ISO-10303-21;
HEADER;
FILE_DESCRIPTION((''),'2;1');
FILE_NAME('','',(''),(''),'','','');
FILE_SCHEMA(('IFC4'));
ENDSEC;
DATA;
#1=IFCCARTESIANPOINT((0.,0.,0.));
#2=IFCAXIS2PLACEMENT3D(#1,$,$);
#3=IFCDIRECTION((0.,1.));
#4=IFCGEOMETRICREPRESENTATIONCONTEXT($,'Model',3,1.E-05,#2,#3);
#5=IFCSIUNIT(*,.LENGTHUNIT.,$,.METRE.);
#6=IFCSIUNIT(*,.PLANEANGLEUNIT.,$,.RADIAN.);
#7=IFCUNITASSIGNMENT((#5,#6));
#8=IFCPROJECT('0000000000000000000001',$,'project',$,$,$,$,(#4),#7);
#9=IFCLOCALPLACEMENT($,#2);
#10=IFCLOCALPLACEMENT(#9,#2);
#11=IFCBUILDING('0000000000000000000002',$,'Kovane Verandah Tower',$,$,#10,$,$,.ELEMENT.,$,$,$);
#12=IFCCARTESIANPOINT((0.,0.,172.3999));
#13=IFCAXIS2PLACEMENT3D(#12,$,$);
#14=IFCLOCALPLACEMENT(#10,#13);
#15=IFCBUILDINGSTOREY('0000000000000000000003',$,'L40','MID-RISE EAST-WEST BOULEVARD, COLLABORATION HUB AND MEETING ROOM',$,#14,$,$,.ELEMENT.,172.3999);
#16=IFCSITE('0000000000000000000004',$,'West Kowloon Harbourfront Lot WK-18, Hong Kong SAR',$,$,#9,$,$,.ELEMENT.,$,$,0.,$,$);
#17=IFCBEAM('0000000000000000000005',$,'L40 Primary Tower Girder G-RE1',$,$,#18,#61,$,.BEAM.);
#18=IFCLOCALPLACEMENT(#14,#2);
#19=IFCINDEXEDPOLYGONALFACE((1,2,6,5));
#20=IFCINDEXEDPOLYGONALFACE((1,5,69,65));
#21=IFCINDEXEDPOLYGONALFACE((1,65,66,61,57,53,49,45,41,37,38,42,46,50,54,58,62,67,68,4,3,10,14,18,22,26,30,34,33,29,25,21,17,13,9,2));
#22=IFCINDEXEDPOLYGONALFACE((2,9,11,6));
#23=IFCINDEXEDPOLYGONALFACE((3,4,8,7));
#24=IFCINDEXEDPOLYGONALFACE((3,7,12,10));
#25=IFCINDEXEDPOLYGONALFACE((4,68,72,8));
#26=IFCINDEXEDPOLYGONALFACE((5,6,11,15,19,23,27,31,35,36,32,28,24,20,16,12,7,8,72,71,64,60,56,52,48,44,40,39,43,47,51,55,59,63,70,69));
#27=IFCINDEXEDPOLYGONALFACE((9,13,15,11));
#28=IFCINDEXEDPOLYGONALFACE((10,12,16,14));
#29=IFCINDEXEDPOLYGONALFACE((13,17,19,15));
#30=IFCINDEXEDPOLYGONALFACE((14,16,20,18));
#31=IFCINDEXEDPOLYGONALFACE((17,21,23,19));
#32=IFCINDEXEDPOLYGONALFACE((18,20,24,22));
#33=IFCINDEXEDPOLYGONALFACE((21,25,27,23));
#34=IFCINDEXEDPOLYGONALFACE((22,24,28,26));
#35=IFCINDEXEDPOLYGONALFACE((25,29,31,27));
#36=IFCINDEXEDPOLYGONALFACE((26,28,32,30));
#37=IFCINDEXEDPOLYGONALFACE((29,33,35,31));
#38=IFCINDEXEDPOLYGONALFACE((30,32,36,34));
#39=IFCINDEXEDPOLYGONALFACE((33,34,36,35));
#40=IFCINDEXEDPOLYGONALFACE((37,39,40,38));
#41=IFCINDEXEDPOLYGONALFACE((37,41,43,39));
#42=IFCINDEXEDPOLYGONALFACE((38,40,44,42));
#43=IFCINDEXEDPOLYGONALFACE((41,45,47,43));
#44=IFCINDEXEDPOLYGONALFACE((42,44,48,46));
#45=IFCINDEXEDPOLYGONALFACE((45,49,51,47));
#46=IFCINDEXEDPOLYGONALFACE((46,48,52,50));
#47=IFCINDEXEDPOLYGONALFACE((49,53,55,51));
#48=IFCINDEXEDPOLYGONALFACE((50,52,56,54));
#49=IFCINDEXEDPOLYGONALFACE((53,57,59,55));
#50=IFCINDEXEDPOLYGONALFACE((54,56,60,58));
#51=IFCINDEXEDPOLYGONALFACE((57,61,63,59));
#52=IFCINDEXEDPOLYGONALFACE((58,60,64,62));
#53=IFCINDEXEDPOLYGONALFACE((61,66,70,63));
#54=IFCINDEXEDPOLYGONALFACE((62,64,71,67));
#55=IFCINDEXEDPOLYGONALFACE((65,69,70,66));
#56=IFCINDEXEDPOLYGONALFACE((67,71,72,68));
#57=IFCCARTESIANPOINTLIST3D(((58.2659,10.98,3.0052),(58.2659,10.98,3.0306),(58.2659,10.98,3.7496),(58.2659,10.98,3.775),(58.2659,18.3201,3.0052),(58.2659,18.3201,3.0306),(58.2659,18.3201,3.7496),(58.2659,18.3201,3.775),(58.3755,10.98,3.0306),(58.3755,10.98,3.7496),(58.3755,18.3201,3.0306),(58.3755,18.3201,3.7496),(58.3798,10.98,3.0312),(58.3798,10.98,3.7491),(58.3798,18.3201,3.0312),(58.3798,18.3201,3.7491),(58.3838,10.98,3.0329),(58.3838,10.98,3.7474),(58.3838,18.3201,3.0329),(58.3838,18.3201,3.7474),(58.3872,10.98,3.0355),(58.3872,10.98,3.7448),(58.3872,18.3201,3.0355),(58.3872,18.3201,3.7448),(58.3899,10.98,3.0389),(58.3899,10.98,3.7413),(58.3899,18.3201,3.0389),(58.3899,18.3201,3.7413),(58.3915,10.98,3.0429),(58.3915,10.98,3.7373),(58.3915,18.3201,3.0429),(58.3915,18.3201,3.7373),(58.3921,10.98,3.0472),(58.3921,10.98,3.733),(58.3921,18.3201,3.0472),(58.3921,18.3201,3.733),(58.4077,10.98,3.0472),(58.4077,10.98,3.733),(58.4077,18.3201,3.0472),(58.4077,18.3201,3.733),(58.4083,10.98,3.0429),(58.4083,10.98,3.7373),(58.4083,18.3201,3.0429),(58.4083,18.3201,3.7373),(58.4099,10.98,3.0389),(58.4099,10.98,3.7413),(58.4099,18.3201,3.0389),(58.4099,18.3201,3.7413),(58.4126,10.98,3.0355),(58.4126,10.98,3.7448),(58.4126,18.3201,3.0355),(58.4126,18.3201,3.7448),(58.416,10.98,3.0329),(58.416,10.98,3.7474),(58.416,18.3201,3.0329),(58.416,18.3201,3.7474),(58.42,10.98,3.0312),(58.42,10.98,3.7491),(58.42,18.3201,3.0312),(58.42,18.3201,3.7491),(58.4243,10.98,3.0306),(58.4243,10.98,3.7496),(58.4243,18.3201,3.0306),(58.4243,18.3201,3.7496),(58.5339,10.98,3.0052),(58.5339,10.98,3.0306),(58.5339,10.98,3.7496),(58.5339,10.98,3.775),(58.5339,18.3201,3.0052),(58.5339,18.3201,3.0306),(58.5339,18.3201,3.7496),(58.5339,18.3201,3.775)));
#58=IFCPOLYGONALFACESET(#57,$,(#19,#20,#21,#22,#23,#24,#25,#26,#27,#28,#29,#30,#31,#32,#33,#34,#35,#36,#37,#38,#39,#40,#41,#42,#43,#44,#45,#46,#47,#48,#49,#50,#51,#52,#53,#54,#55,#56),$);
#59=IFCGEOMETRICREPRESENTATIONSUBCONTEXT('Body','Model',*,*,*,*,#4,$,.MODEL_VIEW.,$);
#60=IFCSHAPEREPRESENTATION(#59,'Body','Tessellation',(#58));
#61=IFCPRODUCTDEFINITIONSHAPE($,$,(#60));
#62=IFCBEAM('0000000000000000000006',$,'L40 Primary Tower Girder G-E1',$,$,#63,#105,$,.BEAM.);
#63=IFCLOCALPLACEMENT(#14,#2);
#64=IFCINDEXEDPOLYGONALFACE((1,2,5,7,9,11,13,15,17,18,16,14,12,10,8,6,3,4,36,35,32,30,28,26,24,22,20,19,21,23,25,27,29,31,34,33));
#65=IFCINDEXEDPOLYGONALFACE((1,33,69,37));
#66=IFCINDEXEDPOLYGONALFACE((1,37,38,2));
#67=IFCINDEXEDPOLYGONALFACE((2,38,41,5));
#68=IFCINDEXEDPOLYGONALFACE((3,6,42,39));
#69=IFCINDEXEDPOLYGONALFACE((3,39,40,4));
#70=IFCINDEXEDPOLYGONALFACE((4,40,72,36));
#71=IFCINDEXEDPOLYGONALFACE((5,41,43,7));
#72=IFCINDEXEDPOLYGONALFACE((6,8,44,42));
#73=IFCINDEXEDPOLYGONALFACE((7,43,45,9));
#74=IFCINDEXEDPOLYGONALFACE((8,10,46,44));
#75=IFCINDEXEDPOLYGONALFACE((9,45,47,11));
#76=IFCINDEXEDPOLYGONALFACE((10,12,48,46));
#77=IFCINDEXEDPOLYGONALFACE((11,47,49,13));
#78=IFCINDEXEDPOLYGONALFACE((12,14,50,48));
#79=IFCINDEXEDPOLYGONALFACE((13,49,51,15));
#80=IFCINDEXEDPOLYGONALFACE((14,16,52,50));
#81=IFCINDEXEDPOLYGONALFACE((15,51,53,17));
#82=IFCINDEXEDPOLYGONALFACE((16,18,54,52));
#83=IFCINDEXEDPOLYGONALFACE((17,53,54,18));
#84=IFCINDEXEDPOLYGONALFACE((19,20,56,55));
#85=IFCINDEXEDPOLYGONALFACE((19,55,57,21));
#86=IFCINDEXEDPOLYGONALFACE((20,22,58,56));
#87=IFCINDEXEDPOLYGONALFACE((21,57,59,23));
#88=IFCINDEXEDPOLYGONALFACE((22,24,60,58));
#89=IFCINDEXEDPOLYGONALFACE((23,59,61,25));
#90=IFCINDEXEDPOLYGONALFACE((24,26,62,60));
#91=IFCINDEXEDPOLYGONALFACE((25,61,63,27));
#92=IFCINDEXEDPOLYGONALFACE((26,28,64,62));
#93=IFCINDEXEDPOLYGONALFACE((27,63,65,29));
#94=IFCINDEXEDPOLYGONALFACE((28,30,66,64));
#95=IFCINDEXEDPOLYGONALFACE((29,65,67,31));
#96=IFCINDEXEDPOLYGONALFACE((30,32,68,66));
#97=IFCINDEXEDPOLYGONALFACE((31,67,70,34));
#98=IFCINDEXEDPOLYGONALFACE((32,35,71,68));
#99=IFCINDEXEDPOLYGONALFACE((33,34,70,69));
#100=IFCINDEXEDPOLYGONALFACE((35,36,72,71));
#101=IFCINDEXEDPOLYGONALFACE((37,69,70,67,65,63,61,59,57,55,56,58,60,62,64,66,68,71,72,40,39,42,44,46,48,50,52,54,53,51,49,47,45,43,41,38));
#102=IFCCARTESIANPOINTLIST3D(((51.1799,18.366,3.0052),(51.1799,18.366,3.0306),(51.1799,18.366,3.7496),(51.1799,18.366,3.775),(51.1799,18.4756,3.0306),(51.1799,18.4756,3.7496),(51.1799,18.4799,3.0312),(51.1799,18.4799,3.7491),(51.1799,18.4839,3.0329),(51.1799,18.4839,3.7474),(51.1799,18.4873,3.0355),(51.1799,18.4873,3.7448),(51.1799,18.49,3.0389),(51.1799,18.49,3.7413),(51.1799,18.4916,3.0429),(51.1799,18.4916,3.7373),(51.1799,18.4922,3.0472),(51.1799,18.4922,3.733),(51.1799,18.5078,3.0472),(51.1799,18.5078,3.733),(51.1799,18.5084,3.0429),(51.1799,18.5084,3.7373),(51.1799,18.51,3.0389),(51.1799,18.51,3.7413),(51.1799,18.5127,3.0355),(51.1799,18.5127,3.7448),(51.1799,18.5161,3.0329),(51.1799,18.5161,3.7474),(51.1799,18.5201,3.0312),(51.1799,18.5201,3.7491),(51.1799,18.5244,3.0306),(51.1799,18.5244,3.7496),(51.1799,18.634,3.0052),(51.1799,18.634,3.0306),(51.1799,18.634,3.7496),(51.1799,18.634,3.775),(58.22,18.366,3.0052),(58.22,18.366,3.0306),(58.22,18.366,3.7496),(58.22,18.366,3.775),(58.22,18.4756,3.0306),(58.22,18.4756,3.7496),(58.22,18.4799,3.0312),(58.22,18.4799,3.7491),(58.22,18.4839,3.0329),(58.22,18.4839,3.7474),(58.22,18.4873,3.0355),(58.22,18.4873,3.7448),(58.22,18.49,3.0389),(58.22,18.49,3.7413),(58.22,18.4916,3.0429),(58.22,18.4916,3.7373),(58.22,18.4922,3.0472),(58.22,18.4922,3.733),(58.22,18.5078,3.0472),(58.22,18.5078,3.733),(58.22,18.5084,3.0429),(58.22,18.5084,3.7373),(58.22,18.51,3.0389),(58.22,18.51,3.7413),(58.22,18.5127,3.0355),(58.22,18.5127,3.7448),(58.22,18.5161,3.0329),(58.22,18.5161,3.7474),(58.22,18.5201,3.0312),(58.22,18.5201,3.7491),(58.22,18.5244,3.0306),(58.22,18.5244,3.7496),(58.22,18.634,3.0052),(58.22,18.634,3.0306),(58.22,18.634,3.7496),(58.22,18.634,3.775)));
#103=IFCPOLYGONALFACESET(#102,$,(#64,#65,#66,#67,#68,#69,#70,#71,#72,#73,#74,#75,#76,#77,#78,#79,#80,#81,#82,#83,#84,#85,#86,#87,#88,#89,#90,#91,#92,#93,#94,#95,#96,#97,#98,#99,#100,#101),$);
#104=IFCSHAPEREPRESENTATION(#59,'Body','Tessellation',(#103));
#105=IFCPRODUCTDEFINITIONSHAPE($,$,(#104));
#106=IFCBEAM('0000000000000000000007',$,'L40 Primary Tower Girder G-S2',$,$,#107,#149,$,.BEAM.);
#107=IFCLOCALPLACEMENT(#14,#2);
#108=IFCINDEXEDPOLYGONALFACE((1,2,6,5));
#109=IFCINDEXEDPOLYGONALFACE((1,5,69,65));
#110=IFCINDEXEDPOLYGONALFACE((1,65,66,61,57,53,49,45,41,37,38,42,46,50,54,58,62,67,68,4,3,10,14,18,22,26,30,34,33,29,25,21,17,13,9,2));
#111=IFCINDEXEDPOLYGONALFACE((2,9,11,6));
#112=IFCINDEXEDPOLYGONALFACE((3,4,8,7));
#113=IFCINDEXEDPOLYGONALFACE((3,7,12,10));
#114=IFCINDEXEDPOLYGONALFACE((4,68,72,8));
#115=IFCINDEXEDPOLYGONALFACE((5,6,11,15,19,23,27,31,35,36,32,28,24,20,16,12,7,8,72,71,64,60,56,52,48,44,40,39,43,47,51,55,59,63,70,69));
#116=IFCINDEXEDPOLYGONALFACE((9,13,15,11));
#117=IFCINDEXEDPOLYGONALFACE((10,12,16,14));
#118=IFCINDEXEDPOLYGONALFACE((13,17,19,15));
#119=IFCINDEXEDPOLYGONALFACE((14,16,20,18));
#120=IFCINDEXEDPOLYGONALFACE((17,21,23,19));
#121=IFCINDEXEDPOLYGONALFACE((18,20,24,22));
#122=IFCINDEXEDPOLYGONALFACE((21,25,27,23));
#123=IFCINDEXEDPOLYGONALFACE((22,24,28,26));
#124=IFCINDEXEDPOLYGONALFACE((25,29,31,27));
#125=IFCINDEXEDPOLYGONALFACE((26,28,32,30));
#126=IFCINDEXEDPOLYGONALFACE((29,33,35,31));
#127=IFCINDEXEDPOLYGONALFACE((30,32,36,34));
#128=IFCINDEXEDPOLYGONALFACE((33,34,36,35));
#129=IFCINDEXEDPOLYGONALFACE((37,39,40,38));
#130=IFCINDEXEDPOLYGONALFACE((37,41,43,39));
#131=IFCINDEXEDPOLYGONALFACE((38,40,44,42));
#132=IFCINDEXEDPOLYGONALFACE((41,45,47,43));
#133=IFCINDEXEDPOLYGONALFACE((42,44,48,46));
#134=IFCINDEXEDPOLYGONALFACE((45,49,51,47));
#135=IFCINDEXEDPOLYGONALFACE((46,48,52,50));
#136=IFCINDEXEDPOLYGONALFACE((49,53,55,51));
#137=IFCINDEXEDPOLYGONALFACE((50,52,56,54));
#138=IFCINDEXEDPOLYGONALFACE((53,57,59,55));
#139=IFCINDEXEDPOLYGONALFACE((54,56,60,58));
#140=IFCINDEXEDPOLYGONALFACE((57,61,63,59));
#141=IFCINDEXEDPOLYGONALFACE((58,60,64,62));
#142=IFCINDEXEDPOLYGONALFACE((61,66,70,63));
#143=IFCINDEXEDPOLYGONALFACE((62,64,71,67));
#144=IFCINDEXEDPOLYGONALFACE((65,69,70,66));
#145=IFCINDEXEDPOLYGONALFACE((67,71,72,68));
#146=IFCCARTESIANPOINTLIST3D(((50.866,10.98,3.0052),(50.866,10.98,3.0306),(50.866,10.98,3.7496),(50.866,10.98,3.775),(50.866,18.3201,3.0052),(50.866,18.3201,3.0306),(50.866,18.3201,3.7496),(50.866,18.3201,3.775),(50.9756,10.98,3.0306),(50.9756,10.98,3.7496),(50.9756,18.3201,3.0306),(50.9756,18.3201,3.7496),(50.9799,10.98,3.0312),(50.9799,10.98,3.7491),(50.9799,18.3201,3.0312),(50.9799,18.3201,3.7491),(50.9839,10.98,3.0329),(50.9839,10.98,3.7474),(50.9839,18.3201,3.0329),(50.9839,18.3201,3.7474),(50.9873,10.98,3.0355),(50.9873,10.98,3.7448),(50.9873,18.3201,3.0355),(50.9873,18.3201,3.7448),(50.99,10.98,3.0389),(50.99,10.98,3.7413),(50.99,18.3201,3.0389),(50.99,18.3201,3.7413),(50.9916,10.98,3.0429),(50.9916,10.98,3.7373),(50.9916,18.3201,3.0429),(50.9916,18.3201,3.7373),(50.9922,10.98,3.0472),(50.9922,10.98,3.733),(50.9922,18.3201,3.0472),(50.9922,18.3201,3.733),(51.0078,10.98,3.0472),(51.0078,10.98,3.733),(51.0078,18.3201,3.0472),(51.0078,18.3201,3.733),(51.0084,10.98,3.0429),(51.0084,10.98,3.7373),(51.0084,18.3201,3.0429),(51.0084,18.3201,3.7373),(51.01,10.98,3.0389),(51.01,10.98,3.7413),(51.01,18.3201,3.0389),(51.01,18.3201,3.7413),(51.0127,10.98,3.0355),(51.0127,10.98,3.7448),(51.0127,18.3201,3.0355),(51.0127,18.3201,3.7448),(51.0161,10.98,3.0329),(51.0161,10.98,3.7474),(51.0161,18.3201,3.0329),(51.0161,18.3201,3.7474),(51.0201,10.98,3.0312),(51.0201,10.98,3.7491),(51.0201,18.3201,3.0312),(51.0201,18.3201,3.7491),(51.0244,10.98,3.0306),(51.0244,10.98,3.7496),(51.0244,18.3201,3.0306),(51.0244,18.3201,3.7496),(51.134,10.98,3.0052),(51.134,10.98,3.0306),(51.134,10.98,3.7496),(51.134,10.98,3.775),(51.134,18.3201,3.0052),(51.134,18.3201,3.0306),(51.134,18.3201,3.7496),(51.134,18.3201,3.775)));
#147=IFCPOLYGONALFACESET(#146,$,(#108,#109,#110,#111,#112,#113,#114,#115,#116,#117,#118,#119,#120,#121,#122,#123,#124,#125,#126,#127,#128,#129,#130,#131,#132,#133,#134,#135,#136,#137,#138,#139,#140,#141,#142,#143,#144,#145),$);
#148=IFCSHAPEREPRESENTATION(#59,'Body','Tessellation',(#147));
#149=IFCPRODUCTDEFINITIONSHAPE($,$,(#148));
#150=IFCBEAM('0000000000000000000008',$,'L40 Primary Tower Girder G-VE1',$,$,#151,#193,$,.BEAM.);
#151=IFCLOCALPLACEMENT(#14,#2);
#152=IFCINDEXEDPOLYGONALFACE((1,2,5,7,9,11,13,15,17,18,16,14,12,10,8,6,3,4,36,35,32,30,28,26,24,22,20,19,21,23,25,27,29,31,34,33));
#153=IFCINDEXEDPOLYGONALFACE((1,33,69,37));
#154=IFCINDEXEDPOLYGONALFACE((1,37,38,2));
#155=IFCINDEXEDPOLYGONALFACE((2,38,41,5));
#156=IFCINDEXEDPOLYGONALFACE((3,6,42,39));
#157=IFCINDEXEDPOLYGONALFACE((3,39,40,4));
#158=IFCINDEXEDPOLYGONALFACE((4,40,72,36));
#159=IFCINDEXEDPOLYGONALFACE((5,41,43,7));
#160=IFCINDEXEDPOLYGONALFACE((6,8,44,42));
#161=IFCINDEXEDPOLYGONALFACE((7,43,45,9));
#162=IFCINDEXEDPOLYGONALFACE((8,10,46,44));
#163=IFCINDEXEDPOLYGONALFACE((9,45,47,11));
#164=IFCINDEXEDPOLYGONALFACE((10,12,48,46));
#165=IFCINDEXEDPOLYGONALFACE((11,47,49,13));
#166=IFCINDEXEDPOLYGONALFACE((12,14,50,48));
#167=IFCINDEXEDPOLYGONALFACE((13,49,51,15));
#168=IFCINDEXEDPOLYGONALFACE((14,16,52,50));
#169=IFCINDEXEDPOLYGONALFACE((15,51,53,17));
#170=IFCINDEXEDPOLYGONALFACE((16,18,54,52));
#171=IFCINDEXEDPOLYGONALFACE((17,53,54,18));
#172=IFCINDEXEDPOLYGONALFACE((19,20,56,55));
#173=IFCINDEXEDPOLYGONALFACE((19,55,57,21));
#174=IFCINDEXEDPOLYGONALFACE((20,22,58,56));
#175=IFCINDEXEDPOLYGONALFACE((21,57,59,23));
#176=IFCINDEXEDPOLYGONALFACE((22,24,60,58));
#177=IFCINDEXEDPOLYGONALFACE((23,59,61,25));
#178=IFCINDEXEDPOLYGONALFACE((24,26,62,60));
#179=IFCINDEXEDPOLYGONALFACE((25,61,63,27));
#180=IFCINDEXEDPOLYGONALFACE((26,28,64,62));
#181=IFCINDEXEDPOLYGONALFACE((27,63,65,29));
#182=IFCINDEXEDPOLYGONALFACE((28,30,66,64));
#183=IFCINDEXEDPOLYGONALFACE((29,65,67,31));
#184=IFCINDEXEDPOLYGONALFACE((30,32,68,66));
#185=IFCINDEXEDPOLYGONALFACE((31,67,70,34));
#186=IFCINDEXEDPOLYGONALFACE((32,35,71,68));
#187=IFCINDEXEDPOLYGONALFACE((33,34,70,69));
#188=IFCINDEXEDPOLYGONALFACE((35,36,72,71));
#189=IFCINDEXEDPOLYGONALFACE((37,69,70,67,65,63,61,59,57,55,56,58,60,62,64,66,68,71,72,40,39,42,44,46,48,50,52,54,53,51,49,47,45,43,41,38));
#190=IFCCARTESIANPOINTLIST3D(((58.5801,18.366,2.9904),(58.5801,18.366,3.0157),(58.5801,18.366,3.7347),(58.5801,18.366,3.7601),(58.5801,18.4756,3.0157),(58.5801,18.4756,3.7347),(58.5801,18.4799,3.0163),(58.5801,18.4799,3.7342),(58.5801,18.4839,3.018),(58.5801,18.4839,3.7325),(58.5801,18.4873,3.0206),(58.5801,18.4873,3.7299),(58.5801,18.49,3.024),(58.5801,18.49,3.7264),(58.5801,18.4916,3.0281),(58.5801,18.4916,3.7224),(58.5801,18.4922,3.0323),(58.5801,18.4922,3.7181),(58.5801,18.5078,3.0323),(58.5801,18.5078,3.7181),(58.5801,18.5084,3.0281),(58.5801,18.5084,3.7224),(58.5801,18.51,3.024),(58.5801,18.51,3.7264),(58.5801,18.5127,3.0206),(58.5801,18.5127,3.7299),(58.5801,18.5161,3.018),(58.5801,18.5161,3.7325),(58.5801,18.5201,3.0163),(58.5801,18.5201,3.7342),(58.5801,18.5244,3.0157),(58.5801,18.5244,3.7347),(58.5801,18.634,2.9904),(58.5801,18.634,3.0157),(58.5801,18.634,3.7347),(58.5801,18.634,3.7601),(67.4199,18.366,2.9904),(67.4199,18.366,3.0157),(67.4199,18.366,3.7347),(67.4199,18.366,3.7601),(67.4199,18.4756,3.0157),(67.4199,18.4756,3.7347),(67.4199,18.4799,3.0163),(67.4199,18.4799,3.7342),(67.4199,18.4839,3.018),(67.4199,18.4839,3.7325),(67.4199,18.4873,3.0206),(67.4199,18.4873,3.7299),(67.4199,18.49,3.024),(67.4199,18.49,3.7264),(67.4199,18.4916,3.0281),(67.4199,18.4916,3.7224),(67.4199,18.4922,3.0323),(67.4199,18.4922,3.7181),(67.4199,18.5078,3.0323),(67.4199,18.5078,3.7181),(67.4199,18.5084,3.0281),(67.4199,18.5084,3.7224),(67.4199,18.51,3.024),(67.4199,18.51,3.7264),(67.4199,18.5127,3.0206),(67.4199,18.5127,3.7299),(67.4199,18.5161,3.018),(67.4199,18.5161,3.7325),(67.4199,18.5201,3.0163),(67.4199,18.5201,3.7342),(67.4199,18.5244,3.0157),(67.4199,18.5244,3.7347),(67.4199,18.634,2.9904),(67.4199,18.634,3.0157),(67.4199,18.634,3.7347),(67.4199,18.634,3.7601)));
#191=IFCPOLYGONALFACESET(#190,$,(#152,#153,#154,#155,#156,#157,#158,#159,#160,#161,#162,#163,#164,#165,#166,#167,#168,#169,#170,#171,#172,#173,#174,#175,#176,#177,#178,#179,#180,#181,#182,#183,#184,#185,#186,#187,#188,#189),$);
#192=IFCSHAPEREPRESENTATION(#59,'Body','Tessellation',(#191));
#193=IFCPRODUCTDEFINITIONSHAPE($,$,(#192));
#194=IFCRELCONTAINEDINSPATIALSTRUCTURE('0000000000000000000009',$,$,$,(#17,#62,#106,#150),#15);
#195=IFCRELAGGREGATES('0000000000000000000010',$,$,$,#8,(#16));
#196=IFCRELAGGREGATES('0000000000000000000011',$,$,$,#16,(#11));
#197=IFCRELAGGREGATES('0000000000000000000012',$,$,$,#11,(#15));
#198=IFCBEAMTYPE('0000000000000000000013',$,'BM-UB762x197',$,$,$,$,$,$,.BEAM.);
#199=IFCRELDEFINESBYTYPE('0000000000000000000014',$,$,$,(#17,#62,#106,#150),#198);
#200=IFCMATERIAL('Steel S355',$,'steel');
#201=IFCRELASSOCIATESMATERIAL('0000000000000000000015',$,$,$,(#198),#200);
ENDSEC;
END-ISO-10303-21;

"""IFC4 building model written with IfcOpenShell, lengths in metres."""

from ifc_helpers import new_model, si_unit, direction, frame, origin, origin_2d, place, context, subcontext, project, spatial, i_section, extrude, material, material_profile, profile_set, type_object, element, save


model = new_model("IFC4")

# Units and contexts
model_context = context("Model", 3, precision=1e-05, world=origin(), true_north=direction((0.0, 1.0)))
body_context = subcontext(model_context, "Body", "Model", "MODEL_VIEW")
ifc_project = project(units=[si_unit("LENGTHUNIT", "METRE"), si_unit("PLANEANGLEUNIT", "RADIAN")], contexts=[model_context])

# Site, building, storey
site_placement = place(None, origin())
site = spatial("IfcSite", under=ifc_project, at=site_placement, Name="West Kowloon Harbourfront Lot WK-18, Hong Kong SAR", CompositionType="ELEMENT", RefElevation=0.0)
building_placement = place(site_placement, origin())
building = spatial("IfcBuilding", under=site, at=building_placement, Name="Kovane Verandah Tower", CompositionType="ELEMENT")
storey_placement = place(building_placement, frame((0.0, 0.0, 172.3999)))
storey = spatial("IfcBuildingStorey", under=building, at=storey_placement, Name="L40", Description="MID-RISE EAST-WEST BOULEVARD, COLLABORATION HUB AND MEETING ROOM", CompositionType="ELEMENT", Elevation=172.3999)

# Beams
ifc_material_1 = material(Name="Steel S355", Category="steel")
ifc_material_profile_1 = material_profile(ifc_material_1, i_section(OverallWidth=0.2681, OverallDepth=0.7698, WebThickness=0.0156, FlangeThickness=0.0254, FilletRadius=0.0166, at=origin_2d()), Name="UB762x267x197")
ifc_profile_set_1 = profile_set([ifc_material_profile_1], Name="Steel S355")
beam_type_1 = type_object("IfcBeamType", Name="BM-UB762x197", PredefinedType="BEAM", material=ifc_profile_set_1)
beam_1_placement = place(storey_placement, frame((58.3999, 10.98, 3.3901), z_axis=(0.0, 1.0, 0.0), x_axis=(-1.0, 0.0, 0.0)))
element("IfcBeam", 1, at=beam_1_placement, inside=storey, type_object=beam_type_1, Name="L40 Primary Tower Girder G-RE1", PredefinedType="BEAM", context=body_context, shape_type="SweptSolid", body=[
    extrude(i_section(OverallWidth=0.2681, OverallDepth=0.7698, WebThickness=0.0156, FlangeThickness=0.0254, FilletRadius=0.0166, at=origin_2d()), origin(), (0.0, 0.0, 1.0), 7.3401),
])
beam_2_placement = place(storey_placement, frame((51.1799, 18.5, 3.3901), z_axis=(1.0, 0.0, 0.0), x_axis=(0.0, 1.0, 0.0)))
element("IfcBeam", 2, at=beam_2_placement, inside=storey, type_object=beam_type_1, Name="L40 Primary Tower Girder G-E1", PredefinedType="BEAM", context=body_context, shape_type="SweptSolid", body=[
    extrude(i_section(OverallWidth=0.2681, OverallDepth=0.7698, WebThickness=0.0156, FlangeThickness=0.0254, FilletRadius=0.0166, at=origin_2d()), origin(), (0.0, 0.0, 1.0), 7.04),
])
beam_3_placement = place(storey_placement, frame((51.0, 18.3201, 3.3901), z_axis=(0.0, -1.0, 0.0), x_axis=(1.0, 0.0, 0.0)))
element("IfcBeam", 3, at=beam_3_placement, inside=storey, type_object=beam_type_1, Name="L40 Primary Tower Girder G-S2", PredefinedType="BEAM", context=body_context, shape_type="SweptSolid", body=[
    extrude(i_section(OverallWidth=0.2681, OverallDepth=0.7698, WebThickness=0.0156, FlangeThickness=0.0254, FilletRadius=0.0166, at=origin_2d()), origin(), (0.0, 0.0, 1.0), 7.3401),
])
beam_4_placement = place(storey_placement, frame((58.5801, 18.5, 3.3752), z_axis=(1.0, 0.0, 0.0), x_axis=(0.0, 1.0, 0.0)))
element("IfcBeam", 4, at=beam_4_placement, inside=storey, type_object=beam_type_1, Name="L40 Primary Tower Girder G-VE1", PredefinedType="BEAM", context=body_context, shape_type="SweptSolid", body=[
    extrude(i_section(OverallWidth=0.2681, OverallDepth=0.7698, WebThickness=0.0156, FlangeThickness=0.0254, FilletRadius=0.0166, at=origin_2d()), origin(), (0.0, 0.0, 1.0), 8.8398),
])

save(model, "model.ifc")
